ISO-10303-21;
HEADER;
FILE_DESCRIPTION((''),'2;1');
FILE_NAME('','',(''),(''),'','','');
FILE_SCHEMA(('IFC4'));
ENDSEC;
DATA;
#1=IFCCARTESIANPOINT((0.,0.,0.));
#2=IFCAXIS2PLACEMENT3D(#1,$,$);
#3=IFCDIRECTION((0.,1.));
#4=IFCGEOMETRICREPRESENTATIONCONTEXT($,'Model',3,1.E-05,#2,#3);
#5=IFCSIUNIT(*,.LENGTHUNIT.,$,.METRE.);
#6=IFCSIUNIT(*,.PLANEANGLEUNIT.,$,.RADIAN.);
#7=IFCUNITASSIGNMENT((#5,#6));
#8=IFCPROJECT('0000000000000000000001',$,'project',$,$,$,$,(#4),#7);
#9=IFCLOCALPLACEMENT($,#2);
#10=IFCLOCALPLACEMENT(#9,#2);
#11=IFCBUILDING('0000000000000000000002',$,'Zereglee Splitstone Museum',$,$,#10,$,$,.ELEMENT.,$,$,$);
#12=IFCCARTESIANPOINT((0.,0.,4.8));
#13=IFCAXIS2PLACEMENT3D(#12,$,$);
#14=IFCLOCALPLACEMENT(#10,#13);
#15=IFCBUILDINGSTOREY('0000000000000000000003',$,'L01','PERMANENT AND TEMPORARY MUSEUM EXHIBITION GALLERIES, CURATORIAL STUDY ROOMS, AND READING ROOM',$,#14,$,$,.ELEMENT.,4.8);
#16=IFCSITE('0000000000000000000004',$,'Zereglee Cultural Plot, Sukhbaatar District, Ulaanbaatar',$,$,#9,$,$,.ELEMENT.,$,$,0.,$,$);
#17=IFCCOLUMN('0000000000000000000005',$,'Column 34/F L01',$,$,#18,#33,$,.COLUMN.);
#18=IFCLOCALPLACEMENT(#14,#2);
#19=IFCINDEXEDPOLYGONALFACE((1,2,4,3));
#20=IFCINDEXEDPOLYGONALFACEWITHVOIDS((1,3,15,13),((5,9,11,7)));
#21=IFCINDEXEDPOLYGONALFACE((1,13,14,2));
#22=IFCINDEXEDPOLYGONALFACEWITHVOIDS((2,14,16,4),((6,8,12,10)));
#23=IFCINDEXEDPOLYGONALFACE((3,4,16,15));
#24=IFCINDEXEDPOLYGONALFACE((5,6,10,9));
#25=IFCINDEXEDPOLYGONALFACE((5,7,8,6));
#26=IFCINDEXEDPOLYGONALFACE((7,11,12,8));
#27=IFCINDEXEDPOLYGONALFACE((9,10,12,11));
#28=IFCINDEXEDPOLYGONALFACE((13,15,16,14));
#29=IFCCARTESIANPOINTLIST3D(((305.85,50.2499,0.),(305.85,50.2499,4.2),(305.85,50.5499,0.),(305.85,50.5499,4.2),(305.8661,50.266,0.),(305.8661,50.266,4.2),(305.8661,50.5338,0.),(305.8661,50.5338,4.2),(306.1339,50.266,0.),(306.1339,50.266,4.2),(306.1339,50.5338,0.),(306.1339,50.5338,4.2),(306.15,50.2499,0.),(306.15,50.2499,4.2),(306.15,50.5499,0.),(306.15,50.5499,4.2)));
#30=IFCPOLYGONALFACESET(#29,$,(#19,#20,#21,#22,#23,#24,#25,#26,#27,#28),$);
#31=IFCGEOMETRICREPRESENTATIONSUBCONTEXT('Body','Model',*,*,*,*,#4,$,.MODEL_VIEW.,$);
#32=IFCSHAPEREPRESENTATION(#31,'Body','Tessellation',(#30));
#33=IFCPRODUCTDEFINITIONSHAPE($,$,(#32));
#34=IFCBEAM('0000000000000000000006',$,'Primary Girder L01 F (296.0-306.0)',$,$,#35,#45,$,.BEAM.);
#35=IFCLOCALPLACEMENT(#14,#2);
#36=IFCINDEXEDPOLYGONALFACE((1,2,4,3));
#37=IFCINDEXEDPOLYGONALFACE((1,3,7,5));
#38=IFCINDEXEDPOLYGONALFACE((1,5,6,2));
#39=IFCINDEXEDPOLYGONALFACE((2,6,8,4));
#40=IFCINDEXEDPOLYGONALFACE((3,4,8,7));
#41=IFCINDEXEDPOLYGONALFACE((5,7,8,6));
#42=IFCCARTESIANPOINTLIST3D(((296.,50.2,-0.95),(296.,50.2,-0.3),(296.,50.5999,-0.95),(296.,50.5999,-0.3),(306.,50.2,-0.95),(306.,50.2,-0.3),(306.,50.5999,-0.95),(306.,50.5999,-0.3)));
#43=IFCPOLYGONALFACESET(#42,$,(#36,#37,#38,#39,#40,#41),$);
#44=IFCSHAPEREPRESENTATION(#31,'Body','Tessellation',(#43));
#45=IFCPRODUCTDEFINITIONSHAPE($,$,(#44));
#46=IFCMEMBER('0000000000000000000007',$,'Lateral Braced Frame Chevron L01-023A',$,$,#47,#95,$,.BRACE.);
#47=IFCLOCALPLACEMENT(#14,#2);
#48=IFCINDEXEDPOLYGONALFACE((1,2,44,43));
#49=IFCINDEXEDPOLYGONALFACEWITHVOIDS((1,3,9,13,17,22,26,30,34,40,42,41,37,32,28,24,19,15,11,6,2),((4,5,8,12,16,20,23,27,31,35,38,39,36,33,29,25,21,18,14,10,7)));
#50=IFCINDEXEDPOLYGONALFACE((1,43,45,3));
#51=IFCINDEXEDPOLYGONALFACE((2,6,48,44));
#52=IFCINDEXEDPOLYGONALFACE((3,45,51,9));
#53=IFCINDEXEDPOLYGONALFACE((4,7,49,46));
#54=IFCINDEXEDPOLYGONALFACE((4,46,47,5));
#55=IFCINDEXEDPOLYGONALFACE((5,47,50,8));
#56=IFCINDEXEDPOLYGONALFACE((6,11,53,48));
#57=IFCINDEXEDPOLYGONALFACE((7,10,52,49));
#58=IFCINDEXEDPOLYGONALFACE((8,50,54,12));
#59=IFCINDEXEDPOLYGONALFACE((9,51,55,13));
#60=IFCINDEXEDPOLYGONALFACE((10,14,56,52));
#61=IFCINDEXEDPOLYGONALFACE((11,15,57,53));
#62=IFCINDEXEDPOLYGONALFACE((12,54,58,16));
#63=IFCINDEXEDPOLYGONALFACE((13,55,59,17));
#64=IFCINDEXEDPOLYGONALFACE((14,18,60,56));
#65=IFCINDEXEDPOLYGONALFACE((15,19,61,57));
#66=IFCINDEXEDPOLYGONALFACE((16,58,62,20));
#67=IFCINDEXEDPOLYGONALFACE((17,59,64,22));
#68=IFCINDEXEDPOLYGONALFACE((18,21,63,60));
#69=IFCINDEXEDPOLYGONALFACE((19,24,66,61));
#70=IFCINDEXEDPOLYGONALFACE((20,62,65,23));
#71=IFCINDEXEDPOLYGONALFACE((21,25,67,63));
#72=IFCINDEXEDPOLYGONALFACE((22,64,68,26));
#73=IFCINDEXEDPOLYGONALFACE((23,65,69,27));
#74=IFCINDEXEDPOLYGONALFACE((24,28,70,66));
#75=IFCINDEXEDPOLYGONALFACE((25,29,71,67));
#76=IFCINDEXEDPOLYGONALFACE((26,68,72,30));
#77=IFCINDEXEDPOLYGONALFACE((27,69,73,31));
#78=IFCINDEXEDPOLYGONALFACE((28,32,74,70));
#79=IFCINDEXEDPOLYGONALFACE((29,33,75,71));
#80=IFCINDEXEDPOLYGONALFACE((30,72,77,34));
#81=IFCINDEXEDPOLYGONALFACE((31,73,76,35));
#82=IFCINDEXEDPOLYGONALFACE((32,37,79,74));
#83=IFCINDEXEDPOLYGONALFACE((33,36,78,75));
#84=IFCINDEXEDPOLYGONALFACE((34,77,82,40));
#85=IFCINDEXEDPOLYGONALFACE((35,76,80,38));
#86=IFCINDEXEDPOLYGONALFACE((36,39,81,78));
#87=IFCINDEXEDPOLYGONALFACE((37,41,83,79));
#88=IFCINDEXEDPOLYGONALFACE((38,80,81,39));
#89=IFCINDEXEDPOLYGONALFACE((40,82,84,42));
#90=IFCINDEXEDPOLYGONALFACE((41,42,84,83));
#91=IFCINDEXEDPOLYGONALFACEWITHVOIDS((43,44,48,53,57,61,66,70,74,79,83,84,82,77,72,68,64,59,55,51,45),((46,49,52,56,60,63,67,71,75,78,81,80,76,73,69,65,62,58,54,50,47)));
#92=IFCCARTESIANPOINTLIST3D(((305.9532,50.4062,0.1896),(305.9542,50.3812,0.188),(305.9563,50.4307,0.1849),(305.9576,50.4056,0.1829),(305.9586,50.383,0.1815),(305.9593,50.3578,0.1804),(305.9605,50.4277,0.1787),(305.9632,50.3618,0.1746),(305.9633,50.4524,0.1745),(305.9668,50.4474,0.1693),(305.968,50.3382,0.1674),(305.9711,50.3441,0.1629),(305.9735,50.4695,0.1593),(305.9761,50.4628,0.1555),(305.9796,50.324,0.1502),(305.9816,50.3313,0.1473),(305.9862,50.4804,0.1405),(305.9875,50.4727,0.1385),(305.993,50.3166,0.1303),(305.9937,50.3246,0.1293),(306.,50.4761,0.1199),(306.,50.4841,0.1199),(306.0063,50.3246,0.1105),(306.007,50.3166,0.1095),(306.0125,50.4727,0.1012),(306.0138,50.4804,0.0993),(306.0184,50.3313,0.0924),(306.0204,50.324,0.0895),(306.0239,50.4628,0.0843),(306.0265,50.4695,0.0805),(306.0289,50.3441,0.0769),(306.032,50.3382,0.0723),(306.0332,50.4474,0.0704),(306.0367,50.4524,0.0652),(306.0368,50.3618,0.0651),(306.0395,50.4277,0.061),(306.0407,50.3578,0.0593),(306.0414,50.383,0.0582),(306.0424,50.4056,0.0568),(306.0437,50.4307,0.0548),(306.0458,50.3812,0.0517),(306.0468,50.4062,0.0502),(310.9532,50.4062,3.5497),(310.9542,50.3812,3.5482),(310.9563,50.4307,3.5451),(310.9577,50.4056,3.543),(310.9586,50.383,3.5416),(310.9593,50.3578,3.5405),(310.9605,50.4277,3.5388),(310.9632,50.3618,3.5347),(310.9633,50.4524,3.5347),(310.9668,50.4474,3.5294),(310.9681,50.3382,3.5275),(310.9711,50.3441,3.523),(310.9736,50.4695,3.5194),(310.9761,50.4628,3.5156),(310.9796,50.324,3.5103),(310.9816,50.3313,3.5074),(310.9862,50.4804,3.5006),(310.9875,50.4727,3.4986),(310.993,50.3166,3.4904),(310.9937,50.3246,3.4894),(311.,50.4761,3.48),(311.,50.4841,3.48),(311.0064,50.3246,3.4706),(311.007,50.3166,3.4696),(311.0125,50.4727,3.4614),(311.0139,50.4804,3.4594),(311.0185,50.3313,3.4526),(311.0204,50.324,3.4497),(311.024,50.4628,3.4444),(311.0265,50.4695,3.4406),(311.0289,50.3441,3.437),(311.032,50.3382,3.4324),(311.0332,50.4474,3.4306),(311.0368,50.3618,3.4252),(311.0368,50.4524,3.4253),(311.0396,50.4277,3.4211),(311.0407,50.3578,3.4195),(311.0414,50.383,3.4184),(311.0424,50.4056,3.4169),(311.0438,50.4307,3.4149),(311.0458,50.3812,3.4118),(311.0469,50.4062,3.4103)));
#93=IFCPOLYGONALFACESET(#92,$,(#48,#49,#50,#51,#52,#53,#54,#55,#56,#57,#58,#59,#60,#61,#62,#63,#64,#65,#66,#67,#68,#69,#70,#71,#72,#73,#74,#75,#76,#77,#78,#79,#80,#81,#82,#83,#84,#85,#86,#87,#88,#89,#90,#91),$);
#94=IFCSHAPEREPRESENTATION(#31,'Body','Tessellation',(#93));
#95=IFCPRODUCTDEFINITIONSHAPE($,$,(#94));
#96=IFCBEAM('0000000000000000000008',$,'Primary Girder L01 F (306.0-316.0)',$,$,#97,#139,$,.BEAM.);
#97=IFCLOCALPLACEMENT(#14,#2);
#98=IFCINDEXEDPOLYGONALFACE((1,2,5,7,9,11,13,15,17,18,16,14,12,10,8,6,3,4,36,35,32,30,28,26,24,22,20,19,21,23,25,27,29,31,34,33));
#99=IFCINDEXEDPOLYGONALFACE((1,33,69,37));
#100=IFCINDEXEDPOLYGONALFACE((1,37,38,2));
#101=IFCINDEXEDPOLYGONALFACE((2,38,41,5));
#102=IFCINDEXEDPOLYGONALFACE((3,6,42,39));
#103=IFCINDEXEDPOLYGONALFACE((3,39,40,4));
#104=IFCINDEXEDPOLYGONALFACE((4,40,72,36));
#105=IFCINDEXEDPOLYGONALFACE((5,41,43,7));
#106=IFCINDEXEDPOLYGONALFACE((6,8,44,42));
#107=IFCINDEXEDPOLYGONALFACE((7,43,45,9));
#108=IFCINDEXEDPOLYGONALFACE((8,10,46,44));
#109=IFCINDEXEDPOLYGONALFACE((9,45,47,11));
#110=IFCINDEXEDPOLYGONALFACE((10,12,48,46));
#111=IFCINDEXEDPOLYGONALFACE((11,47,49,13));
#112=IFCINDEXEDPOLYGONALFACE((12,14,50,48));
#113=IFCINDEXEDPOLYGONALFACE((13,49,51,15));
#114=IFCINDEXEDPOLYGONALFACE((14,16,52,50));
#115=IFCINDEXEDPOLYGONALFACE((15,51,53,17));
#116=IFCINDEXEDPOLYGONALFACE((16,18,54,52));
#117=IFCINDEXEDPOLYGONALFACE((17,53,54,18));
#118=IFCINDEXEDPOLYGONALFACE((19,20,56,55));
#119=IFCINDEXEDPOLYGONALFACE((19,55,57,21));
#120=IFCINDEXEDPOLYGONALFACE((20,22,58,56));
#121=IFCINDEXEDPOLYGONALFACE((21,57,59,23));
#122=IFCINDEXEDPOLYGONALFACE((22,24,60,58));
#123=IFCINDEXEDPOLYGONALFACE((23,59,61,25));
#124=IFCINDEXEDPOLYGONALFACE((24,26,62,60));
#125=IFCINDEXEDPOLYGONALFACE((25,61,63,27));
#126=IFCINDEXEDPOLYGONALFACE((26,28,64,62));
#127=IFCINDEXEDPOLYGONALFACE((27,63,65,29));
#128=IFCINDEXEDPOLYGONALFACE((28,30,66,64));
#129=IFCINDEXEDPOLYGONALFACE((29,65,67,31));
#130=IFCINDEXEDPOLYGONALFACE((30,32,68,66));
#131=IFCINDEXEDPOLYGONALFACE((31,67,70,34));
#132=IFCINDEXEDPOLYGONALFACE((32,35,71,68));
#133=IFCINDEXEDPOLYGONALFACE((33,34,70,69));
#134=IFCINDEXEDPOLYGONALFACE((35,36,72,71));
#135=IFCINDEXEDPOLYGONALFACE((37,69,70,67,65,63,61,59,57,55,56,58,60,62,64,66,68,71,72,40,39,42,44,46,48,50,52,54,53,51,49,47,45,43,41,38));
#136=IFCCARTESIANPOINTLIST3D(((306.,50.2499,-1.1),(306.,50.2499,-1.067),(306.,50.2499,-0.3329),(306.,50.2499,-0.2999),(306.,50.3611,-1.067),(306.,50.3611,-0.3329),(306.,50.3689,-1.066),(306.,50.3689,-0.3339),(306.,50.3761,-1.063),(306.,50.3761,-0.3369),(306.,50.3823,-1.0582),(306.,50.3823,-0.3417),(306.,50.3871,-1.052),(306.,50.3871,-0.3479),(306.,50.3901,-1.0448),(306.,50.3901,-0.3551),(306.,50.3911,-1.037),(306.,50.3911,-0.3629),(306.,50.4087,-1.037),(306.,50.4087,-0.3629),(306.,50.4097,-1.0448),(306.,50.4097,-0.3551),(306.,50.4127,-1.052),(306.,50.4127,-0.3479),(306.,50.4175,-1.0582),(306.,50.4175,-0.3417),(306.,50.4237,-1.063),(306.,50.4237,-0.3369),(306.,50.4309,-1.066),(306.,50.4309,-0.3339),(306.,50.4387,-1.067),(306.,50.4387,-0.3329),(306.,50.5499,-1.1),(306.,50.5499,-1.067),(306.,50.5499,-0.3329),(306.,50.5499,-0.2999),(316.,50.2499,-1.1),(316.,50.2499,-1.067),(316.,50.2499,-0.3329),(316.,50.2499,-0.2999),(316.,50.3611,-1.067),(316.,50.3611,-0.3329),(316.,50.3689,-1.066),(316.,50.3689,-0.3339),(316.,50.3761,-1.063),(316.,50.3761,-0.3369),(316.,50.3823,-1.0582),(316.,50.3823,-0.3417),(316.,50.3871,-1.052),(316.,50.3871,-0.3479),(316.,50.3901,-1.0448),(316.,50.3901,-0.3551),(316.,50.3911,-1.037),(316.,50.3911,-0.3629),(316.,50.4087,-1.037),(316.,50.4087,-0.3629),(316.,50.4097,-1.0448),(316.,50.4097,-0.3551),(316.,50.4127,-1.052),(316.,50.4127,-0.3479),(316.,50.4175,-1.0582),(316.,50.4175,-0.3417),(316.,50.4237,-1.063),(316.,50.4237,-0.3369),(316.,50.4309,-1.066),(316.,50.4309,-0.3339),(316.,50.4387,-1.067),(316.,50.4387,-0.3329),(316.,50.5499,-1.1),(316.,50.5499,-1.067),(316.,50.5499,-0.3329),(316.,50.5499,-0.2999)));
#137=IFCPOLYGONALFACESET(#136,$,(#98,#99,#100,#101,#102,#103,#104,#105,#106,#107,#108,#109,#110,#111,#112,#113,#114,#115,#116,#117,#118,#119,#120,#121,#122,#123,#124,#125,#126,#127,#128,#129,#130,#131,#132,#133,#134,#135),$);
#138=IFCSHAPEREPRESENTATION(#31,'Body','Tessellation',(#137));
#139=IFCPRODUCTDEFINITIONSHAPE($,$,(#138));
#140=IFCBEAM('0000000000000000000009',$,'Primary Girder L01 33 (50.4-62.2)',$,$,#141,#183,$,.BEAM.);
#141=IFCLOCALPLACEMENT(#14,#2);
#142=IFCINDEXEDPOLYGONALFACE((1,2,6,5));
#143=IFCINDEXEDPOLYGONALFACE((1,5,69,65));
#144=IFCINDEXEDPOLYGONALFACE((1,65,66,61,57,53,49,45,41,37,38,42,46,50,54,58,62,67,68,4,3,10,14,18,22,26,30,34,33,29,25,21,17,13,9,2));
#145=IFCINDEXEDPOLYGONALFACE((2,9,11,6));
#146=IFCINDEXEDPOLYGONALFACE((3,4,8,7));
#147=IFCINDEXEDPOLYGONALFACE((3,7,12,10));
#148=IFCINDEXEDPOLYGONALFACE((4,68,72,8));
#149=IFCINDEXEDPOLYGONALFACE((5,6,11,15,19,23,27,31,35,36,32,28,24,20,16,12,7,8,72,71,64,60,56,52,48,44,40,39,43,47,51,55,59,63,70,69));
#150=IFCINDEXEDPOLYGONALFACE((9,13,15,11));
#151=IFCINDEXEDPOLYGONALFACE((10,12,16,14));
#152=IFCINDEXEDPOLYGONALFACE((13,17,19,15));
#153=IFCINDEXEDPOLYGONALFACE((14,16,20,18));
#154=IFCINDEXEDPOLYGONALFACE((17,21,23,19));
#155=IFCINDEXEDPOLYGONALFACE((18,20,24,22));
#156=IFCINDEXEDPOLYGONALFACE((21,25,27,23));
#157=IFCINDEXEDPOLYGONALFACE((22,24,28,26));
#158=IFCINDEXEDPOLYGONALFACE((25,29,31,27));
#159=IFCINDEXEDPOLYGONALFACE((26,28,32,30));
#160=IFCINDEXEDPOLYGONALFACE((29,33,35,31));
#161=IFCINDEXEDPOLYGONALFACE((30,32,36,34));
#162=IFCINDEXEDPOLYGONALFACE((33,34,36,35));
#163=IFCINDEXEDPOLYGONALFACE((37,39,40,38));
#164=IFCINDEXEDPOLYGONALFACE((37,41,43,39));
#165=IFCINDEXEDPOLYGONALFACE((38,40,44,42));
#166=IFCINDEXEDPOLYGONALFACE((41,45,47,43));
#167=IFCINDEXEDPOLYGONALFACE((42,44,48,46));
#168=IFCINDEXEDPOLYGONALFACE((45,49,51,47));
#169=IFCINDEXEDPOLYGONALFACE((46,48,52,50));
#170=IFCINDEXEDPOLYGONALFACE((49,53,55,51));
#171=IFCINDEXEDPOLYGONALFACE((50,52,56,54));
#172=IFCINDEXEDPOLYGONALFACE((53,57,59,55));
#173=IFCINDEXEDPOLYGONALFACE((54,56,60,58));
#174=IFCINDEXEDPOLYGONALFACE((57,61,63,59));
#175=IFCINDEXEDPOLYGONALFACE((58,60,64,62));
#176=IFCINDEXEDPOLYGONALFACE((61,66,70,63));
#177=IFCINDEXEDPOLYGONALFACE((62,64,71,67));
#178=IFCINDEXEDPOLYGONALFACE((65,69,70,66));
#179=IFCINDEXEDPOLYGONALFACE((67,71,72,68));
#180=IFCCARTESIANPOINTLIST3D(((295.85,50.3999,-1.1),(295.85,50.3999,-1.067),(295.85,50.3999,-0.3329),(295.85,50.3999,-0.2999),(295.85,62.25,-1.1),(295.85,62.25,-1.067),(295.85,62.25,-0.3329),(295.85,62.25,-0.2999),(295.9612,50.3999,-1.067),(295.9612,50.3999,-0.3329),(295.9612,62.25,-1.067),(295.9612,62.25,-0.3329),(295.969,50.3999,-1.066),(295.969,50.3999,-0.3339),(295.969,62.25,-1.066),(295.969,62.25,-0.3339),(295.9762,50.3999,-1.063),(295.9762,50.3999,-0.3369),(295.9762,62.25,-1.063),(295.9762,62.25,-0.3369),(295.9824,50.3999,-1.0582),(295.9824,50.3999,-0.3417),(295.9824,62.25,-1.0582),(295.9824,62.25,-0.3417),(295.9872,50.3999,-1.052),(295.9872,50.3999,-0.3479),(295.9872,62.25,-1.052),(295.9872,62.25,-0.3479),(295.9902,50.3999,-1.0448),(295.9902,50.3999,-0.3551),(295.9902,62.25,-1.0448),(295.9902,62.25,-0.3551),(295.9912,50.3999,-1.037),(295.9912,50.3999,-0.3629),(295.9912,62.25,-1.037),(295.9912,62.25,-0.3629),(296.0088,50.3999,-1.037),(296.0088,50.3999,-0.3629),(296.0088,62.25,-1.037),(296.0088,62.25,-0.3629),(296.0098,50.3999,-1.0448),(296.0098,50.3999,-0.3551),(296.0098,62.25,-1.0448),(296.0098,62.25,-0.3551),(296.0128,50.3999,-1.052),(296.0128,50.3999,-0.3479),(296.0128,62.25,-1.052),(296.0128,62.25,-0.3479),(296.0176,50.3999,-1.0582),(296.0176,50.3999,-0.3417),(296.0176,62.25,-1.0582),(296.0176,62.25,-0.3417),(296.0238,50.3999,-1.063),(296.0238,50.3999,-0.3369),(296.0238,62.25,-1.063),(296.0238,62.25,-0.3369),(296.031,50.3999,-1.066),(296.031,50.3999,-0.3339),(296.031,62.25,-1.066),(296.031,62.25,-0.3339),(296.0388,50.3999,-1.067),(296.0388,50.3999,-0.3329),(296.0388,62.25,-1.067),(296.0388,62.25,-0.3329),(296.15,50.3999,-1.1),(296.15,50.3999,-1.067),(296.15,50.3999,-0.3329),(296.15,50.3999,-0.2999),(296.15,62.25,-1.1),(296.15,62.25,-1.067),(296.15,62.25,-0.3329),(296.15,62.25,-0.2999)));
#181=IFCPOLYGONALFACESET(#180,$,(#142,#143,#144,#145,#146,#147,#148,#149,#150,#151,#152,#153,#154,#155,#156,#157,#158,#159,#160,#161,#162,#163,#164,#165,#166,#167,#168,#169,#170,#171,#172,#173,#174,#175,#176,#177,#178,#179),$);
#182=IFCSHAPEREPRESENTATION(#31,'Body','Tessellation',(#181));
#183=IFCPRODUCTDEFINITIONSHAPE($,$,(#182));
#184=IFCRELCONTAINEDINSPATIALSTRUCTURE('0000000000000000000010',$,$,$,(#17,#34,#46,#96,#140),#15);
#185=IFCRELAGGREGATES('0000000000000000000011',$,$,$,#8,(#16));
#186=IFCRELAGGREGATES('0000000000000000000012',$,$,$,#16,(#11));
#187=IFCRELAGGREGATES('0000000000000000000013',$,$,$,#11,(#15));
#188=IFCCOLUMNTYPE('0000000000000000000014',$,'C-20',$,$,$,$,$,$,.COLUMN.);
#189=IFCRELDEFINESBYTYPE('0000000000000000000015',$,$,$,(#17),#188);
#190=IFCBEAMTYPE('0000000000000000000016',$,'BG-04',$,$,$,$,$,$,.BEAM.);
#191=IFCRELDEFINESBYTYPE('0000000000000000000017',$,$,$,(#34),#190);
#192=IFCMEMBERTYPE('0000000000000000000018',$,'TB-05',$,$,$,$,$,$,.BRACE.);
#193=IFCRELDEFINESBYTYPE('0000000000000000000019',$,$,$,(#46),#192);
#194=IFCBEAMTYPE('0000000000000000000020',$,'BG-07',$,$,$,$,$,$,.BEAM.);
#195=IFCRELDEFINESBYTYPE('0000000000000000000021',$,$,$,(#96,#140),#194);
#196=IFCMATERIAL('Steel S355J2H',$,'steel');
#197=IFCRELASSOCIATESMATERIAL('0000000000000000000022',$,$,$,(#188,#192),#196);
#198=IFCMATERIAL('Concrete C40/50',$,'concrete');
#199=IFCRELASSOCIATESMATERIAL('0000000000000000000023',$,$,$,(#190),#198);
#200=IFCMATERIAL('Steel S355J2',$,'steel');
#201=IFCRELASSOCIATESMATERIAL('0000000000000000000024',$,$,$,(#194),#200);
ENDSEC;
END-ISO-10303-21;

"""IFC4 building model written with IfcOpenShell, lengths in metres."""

from ifc_helpers import new_model, si_unit, direction, frame, origin, origin_2d, place, context, subcontext, project, spatial, rectangle, hollow_rectangle, hollow_circle, i_section, extrude, material, material_profile, profile_set, type_object, element, save


model = new_model("IFC4")

# Units and contexts
model_context = context("Model", 3, precision=1e-05, world=origin(), true_north=direction((0.0, 1.0)))
body_context = subcontext(model_context, "Body", "Model", "MODEL_VIEW")
ifc_project = project(units=[si_unit("LENGTHUNIT", "METRE"), si_unit("PLANEANGLEUNIT", "RADIAN")], contexts=[model_context])

# Site, building, storey
site_placement = place(None, origin())
site = spatial("IfcSite", under=ifc_project, at=site_placement, Name="Zereglee Cultural Plot, Sukhbaatar District, Ulaanbaatar", CompositionType="ELEMENT", RefElevation=0.0)
building_placement = place(site_placement, origin())
building = spatial("IfcBuilding", under=site, at=building_placement, Name="Zereglee Splitstone Museum", CompositionType="ELEMENT")
storey_placement = place(building_placement, frame((0.0, 0.0, 4.8)))
storey = spatial("IfcBuildingStorey", under=building, at=storey_placement, Name="L01", Description="PERMANENT AND TEMPORARY MUSEUM EXHIBITION GALLERIES, CURATORIAL STUDY ROOMS, AND READING ROOM", CompositionType="ELEMENT", Elevation=4.8)

# Column
ifc_material_1 = material(Name="Steel S355J2H", Category="steel")
ifc_material_profile_1 = material_profile(ifc_material_1, hollow_rectangle(XDim=0.3, YDim=0.3, WallThickness=0.0161, at=origin_2d()), Name="SHS 300x300x16")
ifc_profile_set_1 = profile_set([ifc_material_profile_1], Name="Steel S355J2H")
column_type = type_object("IfcColumnType", Name="C-20", PredefinedType="COLUMN", material=ifc_profile_set_1)
column_placement = place(storey_placement, frame((306.0, 50.3999, 0.0), z_axis=(0.0, 0.0, 1.0), x_axis=(1.0, 0.0, 0.0)))
element("IfcColumn", 1, at=column_placement, inside=storey, type_object=column_type, Name="Column 34/F L01", PredefinedType="COLUMN", context=body_context, shape_type="SweptSolid", body=[
    extrude(hollow_rectangle(XDim=0.3, YDim=0.3, WallThickness=0.0161, at=origin_2d()), origin(), (0.0, 0.0, 1.0), 4.2),
])

# Beam
ifc_material_2 = material(Name="Concrete C40/50", Category="concrete")
ifc_material_profile_2 = material_profile(ifc_material_2, rectangle(XDim=0.3999, YDim=0.6499, at=origin_2d()), Name="RC 400x650")
ifc_profile_set_2 = profile_set([ifc_material_profile_2], Name="Concrete C40/50")
beam_type_1 = type_object("IfcBeamType", Name="BG-04", PredefinedType="BEAM", material=ifc_profile_set_2)
beam_1_placement = place(storey_placement, frame((296.0, 50.3999, -0.625), z_axis=(1.0, 0.0, 0.0), x_axis=(0.0, 1.0, 0.0)))
element("IfcBeam", 2, at=beam_1_placement, inside=storey, type_object=beam_type_1, Name="Primary Girder L01 F (296.0-306.0)", PredefinedType="BEAM", context=body_context, shape_type="SweptSolid", body=[
    extrude(rectangle(XDim=0.3999, YDim=0.6499, at=origin_2d()), origin(), (0.0, 0.0, 1.0), 10.0),
])

# Member
ifc_material_profile_3 = material_profile(ifc_material_1, hollow_circle(Radius=0.0842, WallThickness=0.0081, at=origin_2d()), Name="CHS 168.3x8")
ifc_profile_set_3 = profile_set([ifc_material_profile_3], Name="Steel S355J2H")
member_type = type_object("IfcMemberType", Name="TB-05", PredefinedType="BRACE", material=ifc_profile_set_3)
member_placement = place(storey_placement, frame((306.0, 50.3999, 0.1199), z_axis=(0.829993, 0.0, 0.557773), x_axis=(0.0, 1.0, 0.0)))
element("IfcMember", 3, at=member_placement, inside=storey, type_object=member_type, Name="Lateral Braced Frame Chevron L01-023A", PredefinedType="BRACE", context=body_context, shape_type="SweptSolid", body=[
    extrude(hollow_circle(Radius=0.0842, WallThickness=0.0081, at=origin_2d()), origin(), (0.0, 0.0, 1.0), 6.0242),
])

# Beams
ifc_material_3 = material(Name="Steel S355J2", Category="steel")
ifc_material_profile_4 = material_profile(ifc_material_3, i_section(OverallWidth=0.3, OverallDepth=0.8, WebThickness=0.0176, FlangeThickness=0.033, FilletRadius=0.03, at=origin_2d()), Name="HE 800 B")
ifc_profile_set_4 = profile_set([ifc_material_profile_4], Name="Steel S355J2")
beam_type_2 = type_object("IfcBeamType", Name="BG-07", PredefinedType="BEAM", material=ifc_profile_set_4)
beam_2_placement = place(storey_placement, frame((306.0, 50.3999, -0.7), z_axis=(1.0, 0.0, 0.0), x_axis=(0.0, 1.0, 0.0)))
element("IfcBeam", 4, at=beam_2_placement, inside=storey, type_object=beam_type_2, Name="Primary Girder L01 F (306.0-316.0)", PredefinedType="BEAM", context=body_context, shape_type="SweptSolid", body=[
    extrude(i_section(OverallWidth=0.3, OverallDepth=0.8, WebThickness=0.0176, FlangeThickness=0.033, FilletRadius=0.03, at=origin_2d()), origin(), (0.0, 0.0, 1.0), 10.0),
])
for number, where, z_axis, x_axis, name in (
    (5, (296.0, 50.3999, -0.7), (0.0, 1.0, 0.0), (-1.0, 0.0, 0.0), "Primary Girder L01 33 (50.4-62.2)"),
):
    element("IfcBeam", number, at=place(storey_placement, frame(where, z_axis=z_axis, x_axis=x_axis)), inside=storey, type_object=beam_type_2, Name=name, PredefinedType="BEAM", context=body_context, shape_type="SweptSolid", body=[
        extrude(i_section(OverallWidth=0.3, OverallDepth=0.8, WebThickness=0.0176, FlangeThickness=0.033, FilletRadius=0.03, at=origin_2d()), origin(), (0.0, 0.0, 1.0), 11.8501),
    ])

save(model, "model.ifc")
